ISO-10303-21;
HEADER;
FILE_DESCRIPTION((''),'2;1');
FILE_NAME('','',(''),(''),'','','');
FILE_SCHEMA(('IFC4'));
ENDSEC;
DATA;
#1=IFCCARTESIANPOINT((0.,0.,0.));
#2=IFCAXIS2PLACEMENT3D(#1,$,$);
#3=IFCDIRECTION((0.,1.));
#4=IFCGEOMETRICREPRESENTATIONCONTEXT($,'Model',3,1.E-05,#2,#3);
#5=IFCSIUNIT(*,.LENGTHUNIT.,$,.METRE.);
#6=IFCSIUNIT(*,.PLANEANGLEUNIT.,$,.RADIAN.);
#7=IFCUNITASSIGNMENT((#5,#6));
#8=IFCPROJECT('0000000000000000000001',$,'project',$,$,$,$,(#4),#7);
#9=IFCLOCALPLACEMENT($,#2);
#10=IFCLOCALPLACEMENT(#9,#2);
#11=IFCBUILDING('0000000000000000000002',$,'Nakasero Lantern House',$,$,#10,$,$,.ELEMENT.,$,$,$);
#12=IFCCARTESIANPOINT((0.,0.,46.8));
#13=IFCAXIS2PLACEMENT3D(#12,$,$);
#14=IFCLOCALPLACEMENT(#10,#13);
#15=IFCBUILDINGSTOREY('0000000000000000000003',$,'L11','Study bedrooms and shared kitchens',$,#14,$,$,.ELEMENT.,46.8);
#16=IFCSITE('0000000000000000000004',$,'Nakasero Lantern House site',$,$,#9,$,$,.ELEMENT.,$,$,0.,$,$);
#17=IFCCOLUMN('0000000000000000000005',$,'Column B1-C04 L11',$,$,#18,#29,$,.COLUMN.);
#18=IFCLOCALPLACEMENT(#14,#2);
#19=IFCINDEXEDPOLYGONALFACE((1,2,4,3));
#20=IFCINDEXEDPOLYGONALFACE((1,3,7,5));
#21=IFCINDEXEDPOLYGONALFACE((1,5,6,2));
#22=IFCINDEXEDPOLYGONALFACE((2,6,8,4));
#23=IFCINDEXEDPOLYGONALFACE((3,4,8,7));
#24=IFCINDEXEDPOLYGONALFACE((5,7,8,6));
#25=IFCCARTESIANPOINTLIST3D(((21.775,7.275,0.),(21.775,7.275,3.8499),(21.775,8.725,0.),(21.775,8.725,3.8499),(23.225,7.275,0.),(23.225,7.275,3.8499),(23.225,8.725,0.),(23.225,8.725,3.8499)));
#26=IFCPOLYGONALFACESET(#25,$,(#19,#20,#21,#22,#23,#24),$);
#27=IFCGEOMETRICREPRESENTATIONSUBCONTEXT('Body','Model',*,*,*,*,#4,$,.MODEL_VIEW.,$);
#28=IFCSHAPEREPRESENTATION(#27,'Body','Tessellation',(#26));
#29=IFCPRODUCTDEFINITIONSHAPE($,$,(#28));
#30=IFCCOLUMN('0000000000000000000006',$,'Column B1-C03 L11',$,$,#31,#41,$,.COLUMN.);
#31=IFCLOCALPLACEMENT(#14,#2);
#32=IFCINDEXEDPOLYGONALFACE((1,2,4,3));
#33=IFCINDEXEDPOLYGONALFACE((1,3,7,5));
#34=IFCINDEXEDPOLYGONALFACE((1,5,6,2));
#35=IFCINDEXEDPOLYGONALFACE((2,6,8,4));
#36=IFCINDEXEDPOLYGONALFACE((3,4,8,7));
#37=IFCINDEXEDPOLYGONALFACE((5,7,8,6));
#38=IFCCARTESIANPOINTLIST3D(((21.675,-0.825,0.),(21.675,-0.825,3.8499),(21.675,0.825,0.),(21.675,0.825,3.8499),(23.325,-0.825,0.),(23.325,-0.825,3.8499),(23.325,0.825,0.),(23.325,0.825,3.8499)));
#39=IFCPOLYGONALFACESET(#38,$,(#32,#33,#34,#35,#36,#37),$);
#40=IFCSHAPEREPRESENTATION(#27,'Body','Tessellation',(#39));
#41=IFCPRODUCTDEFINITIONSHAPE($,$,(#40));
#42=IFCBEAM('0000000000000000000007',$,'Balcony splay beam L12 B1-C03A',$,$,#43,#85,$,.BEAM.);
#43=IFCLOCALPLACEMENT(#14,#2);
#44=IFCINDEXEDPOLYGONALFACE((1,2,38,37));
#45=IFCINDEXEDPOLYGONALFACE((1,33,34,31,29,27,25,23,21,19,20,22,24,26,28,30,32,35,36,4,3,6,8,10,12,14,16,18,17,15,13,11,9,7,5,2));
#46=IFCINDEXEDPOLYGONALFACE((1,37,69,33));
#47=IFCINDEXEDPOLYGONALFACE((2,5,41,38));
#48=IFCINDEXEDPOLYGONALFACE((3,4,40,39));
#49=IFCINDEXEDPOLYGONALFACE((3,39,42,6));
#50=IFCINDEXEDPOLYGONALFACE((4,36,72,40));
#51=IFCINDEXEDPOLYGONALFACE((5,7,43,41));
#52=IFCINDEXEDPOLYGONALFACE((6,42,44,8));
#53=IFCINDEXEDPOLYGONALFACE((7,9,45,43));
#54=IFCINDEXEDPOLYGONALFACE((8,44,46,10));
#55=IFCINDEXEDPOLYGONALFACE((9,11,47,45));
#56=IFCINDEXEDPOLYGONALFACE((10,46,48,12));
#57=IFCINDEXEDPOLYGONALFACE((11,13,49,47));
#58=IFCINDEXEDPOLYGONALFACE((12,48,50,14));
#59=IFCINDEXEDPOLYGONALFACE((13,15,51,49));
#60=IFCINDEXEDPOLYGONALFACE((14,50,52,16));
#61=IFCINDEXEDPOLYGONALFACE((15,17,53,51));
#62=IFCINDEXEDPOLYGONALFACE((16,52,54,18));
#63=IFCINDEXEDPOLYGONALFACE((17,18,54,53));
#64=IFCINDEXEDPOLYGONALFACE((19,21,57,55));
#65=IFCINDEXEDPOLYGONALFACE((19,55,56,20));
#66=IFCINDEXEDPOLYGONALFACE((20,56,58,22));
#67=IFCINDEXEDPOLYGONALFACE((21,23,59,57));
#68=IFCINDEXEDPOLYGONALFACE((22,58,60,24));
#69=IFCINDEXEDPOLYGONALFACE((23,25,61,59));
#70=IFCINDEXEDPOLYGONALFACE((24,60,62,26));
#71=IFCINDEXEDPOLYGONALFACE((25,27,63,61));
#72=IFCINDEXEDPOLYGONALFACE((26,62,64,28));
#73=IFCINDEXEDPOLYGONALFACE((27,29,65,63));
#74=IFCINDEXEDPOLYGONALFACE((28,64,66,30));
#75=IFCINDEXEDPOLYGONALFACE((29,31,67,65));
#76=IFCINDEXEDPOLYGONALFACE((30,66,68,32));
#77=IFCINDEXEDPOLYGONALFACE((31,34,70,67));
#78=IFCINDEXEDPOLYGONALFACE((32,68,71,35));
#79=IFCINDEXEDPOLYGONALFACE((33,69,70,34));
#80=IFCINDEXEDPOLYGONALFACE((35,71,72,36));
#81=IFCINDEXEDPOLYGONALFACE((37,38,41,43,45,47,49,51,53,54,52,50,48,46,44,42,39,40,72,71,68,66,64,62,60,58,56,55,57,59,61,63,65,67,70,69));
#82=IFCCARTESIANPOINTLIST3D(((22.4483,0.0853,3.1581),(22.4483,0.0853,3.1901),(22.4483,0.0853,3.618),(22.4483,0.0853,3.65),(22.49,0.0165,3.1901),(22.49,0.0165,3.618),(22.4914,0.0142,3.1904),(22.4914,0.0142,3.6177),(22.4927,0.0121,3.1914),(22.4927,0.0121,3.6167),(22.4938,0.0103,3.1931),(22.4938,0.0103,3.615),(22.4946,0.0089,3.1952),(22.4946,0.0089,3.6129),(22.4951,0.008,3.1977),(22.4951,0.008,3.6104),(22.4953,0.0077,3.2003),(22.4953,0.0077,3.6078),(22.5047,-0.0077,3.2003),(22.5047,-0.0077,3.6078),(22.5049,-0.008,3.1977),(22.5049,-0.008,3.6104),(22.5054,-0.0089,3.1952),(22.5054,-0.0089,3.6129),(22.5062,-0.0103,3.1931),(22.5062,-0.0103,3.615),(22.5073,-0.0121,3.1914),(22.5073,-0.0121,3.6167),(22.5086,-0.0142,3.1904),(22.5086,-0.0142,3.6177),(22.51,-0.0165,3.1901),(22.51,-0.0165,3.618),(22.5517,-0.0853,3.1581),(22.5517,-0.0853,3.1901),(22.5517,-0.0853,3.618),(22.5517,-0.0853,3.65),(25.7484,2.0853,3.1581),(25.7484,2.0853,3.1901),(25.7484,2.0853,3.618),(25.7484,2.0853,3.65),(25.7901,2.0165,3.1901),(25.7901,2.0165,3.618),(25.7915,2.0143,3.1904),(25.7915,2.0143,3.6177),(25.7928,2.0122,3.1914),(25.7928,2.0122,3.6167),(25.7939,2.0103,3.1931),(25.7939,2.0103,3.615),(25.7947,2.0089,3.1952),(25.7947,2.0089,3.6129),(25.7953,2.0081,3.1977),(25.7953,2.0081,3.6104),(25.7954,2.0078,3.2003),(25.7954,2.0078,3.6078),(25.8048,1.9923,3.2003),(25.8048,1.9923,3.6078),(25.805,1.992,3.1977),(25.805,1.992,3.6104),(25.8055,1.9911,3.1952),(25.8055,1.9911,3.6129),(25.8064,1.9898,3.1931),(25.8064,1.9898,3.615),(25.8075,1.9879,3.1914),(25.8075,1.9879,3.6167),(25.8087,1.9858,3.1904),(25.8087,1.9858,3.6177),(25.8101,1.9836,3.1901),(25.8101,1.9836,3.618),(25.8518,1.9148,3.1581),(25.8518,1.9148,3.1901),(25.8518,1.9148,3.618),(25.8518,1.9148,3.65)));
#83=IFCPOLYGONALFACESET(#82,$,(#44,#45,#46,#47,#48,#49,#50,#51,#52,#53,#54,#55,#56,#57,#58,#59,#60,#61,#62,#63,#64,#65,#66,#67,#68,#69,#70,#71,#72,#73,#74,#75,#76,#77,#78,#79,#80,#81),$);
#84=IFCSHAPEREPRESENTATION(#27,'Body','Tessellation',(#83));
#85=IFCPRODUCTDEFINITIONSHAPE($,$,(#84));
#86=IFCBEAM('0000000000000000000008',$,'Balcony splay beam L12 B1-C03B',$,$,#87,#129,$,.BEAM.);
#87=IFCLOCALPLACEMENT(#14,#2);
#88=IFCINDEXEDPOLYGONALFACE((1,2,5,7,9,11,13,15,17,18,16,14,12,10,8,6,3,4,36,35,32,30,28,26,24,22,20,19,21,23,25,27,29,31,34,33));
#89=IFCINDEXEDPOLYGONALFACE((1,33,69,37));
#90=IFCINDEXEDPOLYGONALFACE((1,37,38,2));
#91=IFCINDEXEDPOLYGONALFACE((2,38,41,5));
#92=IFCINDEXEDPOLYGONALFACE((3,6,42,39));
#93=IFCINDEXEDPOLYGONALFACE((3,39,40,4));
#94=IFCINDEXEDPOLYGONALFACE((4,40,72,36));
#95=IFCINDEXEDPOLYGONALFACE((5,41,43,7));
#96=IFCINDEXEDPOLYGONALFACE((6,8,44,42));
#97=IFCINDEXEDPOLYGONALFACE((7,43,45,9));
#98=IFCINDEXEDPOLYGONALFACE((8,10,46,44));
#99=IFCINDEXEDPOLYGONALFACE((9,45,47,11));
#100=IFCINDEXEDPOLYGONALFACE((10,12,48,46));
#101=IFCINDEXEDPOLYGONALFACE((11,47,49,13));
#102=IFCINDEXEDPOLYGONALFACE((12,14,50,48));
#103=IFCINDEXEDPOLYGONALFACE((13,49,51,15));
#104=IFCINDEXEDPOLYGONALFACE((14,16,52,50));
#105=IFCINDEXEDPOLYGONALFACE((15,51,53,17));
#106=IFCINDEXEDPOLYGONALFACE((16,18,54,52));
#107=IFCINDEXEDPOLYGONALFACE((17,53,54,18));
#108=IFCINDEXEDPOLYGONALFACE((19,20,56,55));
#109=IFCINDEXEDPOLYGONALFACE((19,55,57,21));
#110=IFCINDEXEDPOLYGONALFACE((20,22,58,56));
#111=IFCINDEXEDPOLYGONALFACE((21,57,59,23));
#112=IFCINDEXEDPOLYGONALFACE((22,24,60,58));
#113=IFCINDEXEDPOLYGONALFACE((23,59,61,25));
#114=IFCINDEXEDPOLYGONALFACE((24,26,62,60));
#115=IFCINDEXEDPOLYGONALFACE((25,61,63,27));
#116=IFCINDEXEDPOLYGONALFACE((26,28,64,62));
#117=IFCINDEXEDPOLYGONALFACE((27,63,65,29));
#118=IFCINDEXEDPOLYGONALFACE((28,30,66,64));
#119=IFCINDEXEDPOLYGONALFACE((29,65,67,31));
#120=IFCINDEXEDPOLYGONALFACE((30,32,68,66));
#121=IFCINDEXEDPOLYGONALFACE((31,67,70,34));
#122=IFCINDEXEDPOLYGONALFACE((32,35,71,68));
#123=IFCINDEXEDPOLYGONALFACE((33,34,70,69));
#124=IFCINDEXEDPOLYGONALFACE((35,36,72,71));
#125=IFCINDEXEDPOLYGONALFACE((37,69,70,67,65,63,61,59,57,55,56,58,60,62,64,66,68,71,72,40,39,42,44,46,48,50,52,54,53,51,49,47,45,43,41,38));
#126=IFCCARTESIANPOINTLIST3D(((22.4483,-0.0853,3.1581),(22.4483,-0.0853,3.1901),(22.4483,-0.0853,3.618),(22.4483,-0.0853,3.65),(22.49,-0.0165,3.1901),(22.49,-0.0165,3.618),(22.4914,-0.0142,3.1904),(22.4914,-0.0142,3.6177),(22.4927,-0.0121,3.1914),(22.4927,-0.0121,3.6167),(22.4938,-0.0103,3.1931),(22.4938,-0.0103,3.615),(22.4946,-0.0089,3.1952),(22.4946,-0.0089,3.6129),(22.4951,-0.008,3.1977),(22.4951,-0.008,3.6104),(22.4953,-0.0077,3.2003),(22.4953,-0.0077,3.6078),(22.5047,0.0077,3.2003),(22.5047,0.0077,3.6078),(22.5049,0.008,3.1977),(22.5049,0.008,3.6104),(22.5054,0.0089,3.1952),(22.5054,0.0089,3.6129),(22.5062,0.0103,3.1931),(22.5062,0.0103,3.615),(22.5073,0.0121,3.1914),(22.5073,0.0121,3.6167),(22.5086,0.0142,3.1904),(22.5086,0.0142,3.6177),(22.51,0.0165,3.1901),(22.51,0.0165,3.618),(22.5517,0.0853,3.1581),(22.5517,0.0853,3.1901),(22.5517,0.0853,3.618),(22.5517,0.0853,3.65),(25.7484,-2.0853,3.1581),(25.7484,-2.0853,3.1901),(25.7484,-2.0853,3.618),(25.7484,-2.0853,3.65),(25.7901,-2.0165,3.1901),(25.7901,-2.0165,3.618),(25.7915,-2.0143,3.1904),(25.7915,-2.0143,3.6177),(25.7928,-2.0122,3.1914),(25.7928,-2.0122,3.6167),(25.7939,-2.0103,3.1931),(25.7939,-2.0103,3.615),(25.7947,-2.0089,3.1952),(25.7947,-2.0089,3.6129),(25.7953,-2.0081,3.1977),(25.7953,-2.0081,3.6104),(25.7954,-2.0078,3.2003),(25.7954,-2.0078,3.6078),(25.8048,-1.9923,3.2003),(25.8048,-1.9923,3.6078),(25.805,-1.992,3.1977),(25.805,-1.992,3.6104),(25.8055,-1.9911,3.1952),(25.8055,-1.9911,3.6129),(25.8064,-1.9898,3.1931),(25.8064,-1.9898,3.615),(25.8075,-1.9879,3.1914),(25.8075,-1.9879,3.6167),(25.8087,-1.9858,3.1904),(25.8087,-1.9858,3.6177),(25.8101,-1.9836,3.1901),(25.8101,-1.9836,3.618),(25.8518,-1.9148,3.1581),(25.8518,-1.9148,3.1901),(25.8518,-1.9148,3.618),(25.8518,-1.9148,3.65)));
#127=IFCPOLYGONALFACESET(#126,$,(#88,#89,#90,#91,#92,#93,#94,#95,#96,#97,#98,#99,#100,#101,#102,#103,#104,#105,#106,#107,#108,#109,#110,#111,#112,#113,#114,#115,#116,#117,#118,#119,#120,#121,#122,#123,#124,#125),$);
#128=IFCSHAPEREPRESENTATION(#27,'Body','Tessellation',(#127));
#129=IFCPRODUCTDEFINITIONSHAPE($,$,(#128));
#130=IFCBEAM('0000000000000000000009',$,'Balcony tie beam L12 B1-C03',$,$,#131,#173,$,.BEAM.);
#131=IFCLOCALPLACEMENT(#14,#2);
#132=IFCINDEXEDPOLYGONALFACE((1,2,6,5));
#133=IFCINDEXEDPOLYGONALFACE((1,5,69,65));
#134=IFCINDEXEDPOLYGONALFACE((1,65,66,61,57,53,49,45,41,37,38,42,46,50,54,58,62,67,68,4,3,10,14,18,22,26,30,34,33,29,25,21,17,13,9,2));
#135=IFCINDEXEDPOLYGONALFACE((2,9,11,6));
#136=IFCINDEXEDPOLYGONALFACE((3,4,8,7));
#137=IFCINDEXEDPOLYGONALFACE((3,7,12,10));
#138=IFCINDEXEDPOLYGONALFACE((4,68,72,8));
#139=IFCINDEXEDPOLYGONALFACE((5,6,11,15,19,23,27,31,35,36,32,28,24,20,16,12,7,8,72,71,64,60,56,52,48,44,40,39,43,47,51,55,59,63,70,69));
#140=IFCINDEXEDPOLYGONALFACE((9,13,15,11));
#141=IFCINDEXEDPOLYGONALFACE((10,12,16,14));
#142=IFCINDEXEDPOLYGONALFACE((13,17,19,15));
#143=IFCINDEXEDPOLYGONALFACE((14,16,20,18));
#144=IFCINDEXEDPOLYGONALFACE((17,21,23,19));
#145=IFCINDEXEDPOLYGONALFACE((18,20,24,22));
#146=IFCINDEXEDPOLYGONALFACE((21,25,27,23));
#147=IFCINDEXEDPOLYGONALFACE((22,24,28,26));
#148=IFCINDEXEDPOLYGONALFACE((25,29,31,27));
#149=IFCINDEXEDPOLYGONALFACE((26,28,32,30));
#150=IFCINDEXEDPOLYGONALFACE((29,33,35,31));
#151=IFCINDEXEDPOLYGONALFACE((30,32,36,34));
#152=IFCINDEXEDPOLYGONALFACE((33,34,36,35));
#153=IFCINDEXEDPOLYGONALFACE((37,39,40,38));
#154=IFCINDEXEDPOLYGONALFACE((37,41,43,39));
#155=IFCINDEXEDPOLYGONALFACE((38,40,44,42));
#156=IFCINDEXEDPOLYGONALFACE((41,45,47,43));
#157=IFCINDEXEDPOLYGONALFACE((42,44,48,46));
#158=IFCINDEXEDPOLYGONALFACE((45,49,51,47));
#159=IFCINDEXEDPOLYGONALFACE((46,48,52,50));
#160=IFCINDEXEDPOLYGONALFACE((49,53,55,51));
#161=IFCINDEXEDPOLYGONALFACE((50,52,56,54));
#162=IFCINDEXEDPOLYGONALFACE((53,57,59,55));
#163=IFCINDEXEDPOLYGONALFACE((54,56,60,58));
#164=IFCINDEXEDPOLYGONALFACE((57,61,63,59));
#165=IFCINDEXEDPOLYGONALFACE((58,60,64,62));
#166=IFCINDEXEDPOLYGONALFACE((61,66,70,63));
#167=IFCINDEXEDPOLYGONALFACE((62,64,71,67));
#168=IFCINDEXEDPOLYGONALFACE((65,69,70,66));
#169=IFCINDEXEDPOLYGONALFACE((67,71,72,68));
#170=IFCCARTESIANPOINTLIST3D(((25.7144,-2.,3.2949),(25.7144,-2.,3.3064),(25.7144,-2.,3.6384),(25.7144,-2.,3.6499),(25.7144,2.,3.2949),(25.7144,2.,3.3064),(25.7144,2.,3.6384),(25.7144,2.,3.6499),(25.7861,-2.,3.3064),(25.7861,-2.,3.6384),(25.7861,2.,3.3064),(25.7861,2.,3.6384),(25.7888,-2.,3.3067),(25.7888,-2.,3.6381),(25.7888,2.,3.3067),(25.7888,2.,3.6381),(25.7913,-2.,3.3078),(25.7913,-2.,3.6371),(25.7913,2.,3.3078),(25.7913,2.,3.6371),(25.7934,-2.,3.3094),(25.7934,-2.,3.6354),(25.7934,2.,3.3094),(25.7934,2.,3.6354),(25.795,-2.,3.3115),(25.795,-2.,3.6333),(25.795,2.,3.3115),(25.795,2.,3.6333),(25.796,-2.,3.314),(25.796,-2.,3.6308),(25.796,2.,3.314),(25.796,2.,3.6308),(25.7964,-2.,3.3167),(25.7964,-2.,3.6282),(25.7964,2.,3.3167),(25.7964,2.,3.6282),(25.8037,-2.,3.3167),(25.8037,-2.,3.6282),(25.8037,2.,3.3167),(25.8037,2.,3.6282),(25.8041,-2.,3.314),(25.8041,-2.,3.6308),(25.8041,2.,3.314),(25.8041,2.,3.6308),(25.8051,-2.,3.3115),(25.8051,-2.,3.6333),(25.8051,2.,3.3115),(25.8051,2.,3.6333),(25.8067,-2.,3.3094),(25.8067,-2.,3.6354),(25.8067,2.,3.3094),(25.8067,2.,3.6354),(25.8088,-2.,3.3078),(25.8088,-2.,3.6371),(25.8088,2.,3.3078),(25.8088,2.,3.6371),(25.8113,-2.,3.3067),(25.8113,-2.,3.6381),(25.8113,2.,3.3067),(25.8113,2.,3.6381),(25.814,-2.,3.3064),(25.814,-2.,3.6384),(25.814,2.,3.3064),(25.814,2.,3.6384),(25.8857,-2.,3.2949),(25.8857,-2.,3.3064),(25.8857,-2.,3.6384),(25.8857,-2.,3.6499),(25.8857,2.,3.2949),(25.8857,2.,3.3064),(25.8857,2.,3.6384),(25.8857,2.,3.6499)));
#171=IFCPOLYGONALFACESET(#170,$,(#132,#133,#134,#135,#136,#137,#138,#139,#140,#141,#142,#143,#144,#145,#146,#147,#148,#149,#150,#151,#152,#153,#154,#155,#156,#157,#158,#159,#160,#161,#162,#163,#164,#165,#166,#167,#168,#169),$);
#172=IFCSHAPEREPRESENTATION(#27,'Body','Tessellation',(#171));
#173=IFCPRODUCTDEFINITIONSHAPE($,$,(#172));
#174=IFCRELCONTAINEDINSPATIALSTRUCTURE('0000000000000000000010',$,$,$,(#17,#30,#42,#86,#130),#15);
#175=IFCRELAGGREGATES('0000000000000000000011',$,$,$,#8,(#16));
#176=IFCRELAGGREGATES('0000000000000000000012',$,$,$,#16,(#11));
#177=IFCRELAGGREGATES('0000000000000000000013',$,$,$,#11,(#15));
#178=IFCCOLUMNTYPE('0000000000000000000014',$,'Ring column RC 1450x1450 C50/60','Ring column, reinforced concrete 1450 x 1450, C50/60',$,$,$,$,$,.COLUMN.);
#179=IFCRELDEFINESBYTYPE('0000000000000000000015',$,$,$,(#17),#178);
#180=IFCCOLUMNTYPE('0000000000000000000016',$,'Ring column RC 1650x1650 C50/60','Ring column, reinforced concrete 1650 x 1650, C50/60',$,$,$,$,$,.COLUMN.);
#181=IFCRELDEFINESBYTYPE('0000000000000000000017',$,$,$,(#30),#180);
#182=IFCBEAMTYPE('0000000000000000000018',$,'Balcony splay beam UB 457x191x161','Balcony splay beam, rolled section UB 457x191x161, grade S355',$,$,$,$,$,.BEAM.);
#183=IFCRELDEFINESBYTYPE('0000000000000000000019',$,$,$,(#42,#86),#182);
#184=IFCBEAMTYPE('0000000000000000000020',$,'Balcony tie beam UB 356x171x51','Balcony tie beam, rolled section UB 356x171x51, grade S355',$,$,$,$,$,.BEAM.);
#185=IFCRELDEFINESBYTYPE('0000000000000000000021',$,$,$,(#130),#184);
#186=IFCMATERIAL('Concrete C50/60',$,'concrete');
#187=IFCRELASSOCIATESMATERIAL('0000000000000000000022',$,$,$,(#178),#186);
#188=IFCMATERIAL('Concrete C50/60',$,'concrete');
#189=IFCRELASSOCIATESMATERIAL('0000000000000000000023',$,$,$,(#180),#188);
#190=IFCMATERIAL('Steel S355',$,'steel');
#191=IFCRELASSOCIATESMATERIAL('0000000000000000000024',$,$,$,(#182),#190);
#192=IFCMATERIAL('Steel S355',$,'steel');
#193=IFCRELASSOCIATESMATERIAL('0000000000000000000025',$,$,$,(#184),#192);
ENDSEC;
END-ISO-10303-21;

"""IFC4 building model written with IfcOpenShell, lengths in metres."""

from ifc_helpers import new_model, si_unit, direction, frame, origin, origin_2d, place, context, subcontext, project, spatial, rectangle, i_section, extrude, material, material_profile, profile_set, type_object, element, save


model = new_model("IFC4")

# Units and contexts
model_context = context("Model", 3, precision=1e-05, world=origin(), true_north=direction((0.0, 1.0)))
body_context = subcontext(model_context, "Body", "Model", "MODEL_VIEW")
ifc_project = project(units=[si_unit("LENGTHUNIT", "METRE"), si_unit("PLANEANGLEUNIT", "RADIAN")], contexts=[model_context])

# Site, building, storey
site_placement = place(None, origin())
site = spatial("IfcSite", under=ifc_project, at=site_placement, Name="Nakasero Lantern House site", CompositionType="ELEMENT", RefElevation=0.0)
building_placement = place(site_placement, origin())
building = spatial("IfcBuilding", under=site, at=building_placement, Name="Nakasero Lantern House", CompositionType="ELEMENT")
storey_placement = place(building_placement, frame((0.0, 0.0, 46.8)))
storey = spatial("IfcBuildingStorey", under=building, at=storey_placement, Name="L11", Description="Study bedrooms and shared kitchens", CompositionType="ELEMENT", Elevation=46.8)

# Columns
ifc_material_1 = material(Name="Concrete C50/60", Category="concrete")
ifc_material_profile_1 = material_profile(ifc_material_1, rectangle(XDim=1.45, YDim=1.45, at=origin_2d()), Name="RC 1450x1450")
ifc_profile_set_1 = profile_set([ifc_material_profile_1], Name="Concrete C50/60")
column_type_1 = type_object("IfcColumnType", Name="Ring column RC 1450x1450 C50/60", Description="Ring column, reinforced concrete 1450 x 1450, C50/60", PredefinedType="COLUMN", material=ifc_profile_set_1)
column_1_placement = place(storey_placement, frame((22.5, 8.0, 0.0), z_axis=(0.0, 0.0, 1.0), x_axis=(1.0, 0.0, 0.0)))
element("IfcColumn", 1, at=column_1_placement, inside=storey, type_object=column_type_1, Name="Column B1-C04 L11", PredefinedType="COLUMN", context=body_context, shape_type="SweptSolid", body=[
    extrude(rectangle(XDim=1.45, YDim=1.45, at=origin_2d()), origin(), (0.0, 0.0, 1.0), 3.8499),
])
ifc_material_2 = material(Name="Concrete C50/60", Category="concrete")
ifc_material_profile_2 = material_profile(ifc_material_2, rectangle(XDim=1.6499, YDim=1.6499, at=origin_2d()), Name="RC 1650x1650")
ifc_profile_set_2 = profile_set([ifc_material_profile_2], Name="Concrete C50/60")
column_type_2 = type_object("IfcColumnType", Name="Ring column RC 1650x1650 C50/60", Description="Ring column, reinforced concrete 1650 x 1650, C50/60", PredefinedType="COLUMN", material=ifc_profile_set_2)
column_2_placement = place(storey_placement, frame((22.5, 0.0, 0.0), z_axis=(0.0, 0.0, 1.0), x_axis=(1.0, 0.0, 0.0)))
element("IfcColumn", 2, at=column_2_placement, inside=storey, type_object=column_type_2, Name="Column B1-C03 L11", PredefinedType="COLUMN", context=body_context, shape_type="SweptSolid", body=[
    extrude(rectangle(XDim=1.6499, YDim=1.6499, at=origin_2d()), origin(), (0.0, 0.0, 1.0), 3.8499),
])

# Beams
ifc_material_3 = material(Name="Steel S355", Category="steel")
ifc_material_profile_3 = material_profile(ifc_material_3, i_section(OverallWidth=0.1995, OverallDepth=0.4919, WebThickness=0.0181, FlangeThickness=0.032, FilletRadius=0.0103, at=origin_2d()), Name="UB 457x191x161")
ifc_profile_set_3 = profile_set([ifc_material_profile_3], Name="Steel S355")
beam_type_1 = type_object("IfcBeamType", Name="Balcony splay beam UB 457x191x161", Description="Balcony splay beam, rolled section UB 457x191x161, grade S355", PredefinedType="BEAM", material=ifc_profile_set_3)
for number, where, z_axis, x_axis, name in (
    (3, (22.5, 0.0, 3.4041), (0.855201, 0.518296, 0.0), (-0.518296, 0.855201, 0.0), "Balcony splay beam L12 B1-C03A"),
    (4, (22.5, 0.0, 3.4041), (0.855201, -0.518296, 0.0), (0.518296, 0.855201, 0.0), "Balcony splay beam L12 B1-C03B"),
):
    element("IfcBeam", number, at=place(storey_placement, frame(where, z_axis=z_axis, x_axis=x_axis)), inside=storey, type_object=beam_type_1, Name=name, PredefinedType="BEAM", context=body_context, shape_type="SweptSolid", body=[
        extrude(i_section(OverallWidth=0.1995, OverallDepth=0.4919, WebThickness=0.0181, FlangeThickness=0.032, FilletRadius=0.0103, at=origin_2d()), origin(), (0.0, 0.0, 1.0), 3.8589),
    ])
ifc_material_4 = material(Name="Steel S355", Category="steel")
ifc_material_profile_4 = material_profile(ifc_material_4, i_section(OverallWidth=0.1714, OverallDepth=0.355, WebThickness=0.0073, FlangeThickness=0.0115, FilletRadius=0.0103, at=origin_2d()), Name="UB 356x171x51")
ifc_profile_set_4 = profile_set([ifc_material_profile_4], Name="Steel S355")
beam_type_2 = type_object("IfcBeamType", Name="Balcony tie beam UB 356x171x51", Description="Balcony tie beam, rolled section UB 356x171x51, grade S355", PredefinedType="BEAM", material=ifc_profile_set_4)
beam_1_placement = place(storey_placement, frame((25.8, 2.0, 3.4724), z_axis=(0.0, -1.0, 0.0), x_axis=(1.0, 0.0, 0.0)))
element("IfcBeam", 5, at=beam_1_placement, inside=storey, type_object=beam_type_2, Name="Balcony tie beam L12 B1-C03", PredefinedType="BEAM", context=body_context, shape_type="SweptSolid", body=[
    extrude(i_section(OverallWidth=0.1714, OverallDepth=0.355, WebThickness=0.0073, FlangeThickness=0.0115, FilletRadius=0.0103, at=origin_2d()), origin(), (0.0, 0.0, 1.0), 4.0),
])

save(model, "model.ifc")
